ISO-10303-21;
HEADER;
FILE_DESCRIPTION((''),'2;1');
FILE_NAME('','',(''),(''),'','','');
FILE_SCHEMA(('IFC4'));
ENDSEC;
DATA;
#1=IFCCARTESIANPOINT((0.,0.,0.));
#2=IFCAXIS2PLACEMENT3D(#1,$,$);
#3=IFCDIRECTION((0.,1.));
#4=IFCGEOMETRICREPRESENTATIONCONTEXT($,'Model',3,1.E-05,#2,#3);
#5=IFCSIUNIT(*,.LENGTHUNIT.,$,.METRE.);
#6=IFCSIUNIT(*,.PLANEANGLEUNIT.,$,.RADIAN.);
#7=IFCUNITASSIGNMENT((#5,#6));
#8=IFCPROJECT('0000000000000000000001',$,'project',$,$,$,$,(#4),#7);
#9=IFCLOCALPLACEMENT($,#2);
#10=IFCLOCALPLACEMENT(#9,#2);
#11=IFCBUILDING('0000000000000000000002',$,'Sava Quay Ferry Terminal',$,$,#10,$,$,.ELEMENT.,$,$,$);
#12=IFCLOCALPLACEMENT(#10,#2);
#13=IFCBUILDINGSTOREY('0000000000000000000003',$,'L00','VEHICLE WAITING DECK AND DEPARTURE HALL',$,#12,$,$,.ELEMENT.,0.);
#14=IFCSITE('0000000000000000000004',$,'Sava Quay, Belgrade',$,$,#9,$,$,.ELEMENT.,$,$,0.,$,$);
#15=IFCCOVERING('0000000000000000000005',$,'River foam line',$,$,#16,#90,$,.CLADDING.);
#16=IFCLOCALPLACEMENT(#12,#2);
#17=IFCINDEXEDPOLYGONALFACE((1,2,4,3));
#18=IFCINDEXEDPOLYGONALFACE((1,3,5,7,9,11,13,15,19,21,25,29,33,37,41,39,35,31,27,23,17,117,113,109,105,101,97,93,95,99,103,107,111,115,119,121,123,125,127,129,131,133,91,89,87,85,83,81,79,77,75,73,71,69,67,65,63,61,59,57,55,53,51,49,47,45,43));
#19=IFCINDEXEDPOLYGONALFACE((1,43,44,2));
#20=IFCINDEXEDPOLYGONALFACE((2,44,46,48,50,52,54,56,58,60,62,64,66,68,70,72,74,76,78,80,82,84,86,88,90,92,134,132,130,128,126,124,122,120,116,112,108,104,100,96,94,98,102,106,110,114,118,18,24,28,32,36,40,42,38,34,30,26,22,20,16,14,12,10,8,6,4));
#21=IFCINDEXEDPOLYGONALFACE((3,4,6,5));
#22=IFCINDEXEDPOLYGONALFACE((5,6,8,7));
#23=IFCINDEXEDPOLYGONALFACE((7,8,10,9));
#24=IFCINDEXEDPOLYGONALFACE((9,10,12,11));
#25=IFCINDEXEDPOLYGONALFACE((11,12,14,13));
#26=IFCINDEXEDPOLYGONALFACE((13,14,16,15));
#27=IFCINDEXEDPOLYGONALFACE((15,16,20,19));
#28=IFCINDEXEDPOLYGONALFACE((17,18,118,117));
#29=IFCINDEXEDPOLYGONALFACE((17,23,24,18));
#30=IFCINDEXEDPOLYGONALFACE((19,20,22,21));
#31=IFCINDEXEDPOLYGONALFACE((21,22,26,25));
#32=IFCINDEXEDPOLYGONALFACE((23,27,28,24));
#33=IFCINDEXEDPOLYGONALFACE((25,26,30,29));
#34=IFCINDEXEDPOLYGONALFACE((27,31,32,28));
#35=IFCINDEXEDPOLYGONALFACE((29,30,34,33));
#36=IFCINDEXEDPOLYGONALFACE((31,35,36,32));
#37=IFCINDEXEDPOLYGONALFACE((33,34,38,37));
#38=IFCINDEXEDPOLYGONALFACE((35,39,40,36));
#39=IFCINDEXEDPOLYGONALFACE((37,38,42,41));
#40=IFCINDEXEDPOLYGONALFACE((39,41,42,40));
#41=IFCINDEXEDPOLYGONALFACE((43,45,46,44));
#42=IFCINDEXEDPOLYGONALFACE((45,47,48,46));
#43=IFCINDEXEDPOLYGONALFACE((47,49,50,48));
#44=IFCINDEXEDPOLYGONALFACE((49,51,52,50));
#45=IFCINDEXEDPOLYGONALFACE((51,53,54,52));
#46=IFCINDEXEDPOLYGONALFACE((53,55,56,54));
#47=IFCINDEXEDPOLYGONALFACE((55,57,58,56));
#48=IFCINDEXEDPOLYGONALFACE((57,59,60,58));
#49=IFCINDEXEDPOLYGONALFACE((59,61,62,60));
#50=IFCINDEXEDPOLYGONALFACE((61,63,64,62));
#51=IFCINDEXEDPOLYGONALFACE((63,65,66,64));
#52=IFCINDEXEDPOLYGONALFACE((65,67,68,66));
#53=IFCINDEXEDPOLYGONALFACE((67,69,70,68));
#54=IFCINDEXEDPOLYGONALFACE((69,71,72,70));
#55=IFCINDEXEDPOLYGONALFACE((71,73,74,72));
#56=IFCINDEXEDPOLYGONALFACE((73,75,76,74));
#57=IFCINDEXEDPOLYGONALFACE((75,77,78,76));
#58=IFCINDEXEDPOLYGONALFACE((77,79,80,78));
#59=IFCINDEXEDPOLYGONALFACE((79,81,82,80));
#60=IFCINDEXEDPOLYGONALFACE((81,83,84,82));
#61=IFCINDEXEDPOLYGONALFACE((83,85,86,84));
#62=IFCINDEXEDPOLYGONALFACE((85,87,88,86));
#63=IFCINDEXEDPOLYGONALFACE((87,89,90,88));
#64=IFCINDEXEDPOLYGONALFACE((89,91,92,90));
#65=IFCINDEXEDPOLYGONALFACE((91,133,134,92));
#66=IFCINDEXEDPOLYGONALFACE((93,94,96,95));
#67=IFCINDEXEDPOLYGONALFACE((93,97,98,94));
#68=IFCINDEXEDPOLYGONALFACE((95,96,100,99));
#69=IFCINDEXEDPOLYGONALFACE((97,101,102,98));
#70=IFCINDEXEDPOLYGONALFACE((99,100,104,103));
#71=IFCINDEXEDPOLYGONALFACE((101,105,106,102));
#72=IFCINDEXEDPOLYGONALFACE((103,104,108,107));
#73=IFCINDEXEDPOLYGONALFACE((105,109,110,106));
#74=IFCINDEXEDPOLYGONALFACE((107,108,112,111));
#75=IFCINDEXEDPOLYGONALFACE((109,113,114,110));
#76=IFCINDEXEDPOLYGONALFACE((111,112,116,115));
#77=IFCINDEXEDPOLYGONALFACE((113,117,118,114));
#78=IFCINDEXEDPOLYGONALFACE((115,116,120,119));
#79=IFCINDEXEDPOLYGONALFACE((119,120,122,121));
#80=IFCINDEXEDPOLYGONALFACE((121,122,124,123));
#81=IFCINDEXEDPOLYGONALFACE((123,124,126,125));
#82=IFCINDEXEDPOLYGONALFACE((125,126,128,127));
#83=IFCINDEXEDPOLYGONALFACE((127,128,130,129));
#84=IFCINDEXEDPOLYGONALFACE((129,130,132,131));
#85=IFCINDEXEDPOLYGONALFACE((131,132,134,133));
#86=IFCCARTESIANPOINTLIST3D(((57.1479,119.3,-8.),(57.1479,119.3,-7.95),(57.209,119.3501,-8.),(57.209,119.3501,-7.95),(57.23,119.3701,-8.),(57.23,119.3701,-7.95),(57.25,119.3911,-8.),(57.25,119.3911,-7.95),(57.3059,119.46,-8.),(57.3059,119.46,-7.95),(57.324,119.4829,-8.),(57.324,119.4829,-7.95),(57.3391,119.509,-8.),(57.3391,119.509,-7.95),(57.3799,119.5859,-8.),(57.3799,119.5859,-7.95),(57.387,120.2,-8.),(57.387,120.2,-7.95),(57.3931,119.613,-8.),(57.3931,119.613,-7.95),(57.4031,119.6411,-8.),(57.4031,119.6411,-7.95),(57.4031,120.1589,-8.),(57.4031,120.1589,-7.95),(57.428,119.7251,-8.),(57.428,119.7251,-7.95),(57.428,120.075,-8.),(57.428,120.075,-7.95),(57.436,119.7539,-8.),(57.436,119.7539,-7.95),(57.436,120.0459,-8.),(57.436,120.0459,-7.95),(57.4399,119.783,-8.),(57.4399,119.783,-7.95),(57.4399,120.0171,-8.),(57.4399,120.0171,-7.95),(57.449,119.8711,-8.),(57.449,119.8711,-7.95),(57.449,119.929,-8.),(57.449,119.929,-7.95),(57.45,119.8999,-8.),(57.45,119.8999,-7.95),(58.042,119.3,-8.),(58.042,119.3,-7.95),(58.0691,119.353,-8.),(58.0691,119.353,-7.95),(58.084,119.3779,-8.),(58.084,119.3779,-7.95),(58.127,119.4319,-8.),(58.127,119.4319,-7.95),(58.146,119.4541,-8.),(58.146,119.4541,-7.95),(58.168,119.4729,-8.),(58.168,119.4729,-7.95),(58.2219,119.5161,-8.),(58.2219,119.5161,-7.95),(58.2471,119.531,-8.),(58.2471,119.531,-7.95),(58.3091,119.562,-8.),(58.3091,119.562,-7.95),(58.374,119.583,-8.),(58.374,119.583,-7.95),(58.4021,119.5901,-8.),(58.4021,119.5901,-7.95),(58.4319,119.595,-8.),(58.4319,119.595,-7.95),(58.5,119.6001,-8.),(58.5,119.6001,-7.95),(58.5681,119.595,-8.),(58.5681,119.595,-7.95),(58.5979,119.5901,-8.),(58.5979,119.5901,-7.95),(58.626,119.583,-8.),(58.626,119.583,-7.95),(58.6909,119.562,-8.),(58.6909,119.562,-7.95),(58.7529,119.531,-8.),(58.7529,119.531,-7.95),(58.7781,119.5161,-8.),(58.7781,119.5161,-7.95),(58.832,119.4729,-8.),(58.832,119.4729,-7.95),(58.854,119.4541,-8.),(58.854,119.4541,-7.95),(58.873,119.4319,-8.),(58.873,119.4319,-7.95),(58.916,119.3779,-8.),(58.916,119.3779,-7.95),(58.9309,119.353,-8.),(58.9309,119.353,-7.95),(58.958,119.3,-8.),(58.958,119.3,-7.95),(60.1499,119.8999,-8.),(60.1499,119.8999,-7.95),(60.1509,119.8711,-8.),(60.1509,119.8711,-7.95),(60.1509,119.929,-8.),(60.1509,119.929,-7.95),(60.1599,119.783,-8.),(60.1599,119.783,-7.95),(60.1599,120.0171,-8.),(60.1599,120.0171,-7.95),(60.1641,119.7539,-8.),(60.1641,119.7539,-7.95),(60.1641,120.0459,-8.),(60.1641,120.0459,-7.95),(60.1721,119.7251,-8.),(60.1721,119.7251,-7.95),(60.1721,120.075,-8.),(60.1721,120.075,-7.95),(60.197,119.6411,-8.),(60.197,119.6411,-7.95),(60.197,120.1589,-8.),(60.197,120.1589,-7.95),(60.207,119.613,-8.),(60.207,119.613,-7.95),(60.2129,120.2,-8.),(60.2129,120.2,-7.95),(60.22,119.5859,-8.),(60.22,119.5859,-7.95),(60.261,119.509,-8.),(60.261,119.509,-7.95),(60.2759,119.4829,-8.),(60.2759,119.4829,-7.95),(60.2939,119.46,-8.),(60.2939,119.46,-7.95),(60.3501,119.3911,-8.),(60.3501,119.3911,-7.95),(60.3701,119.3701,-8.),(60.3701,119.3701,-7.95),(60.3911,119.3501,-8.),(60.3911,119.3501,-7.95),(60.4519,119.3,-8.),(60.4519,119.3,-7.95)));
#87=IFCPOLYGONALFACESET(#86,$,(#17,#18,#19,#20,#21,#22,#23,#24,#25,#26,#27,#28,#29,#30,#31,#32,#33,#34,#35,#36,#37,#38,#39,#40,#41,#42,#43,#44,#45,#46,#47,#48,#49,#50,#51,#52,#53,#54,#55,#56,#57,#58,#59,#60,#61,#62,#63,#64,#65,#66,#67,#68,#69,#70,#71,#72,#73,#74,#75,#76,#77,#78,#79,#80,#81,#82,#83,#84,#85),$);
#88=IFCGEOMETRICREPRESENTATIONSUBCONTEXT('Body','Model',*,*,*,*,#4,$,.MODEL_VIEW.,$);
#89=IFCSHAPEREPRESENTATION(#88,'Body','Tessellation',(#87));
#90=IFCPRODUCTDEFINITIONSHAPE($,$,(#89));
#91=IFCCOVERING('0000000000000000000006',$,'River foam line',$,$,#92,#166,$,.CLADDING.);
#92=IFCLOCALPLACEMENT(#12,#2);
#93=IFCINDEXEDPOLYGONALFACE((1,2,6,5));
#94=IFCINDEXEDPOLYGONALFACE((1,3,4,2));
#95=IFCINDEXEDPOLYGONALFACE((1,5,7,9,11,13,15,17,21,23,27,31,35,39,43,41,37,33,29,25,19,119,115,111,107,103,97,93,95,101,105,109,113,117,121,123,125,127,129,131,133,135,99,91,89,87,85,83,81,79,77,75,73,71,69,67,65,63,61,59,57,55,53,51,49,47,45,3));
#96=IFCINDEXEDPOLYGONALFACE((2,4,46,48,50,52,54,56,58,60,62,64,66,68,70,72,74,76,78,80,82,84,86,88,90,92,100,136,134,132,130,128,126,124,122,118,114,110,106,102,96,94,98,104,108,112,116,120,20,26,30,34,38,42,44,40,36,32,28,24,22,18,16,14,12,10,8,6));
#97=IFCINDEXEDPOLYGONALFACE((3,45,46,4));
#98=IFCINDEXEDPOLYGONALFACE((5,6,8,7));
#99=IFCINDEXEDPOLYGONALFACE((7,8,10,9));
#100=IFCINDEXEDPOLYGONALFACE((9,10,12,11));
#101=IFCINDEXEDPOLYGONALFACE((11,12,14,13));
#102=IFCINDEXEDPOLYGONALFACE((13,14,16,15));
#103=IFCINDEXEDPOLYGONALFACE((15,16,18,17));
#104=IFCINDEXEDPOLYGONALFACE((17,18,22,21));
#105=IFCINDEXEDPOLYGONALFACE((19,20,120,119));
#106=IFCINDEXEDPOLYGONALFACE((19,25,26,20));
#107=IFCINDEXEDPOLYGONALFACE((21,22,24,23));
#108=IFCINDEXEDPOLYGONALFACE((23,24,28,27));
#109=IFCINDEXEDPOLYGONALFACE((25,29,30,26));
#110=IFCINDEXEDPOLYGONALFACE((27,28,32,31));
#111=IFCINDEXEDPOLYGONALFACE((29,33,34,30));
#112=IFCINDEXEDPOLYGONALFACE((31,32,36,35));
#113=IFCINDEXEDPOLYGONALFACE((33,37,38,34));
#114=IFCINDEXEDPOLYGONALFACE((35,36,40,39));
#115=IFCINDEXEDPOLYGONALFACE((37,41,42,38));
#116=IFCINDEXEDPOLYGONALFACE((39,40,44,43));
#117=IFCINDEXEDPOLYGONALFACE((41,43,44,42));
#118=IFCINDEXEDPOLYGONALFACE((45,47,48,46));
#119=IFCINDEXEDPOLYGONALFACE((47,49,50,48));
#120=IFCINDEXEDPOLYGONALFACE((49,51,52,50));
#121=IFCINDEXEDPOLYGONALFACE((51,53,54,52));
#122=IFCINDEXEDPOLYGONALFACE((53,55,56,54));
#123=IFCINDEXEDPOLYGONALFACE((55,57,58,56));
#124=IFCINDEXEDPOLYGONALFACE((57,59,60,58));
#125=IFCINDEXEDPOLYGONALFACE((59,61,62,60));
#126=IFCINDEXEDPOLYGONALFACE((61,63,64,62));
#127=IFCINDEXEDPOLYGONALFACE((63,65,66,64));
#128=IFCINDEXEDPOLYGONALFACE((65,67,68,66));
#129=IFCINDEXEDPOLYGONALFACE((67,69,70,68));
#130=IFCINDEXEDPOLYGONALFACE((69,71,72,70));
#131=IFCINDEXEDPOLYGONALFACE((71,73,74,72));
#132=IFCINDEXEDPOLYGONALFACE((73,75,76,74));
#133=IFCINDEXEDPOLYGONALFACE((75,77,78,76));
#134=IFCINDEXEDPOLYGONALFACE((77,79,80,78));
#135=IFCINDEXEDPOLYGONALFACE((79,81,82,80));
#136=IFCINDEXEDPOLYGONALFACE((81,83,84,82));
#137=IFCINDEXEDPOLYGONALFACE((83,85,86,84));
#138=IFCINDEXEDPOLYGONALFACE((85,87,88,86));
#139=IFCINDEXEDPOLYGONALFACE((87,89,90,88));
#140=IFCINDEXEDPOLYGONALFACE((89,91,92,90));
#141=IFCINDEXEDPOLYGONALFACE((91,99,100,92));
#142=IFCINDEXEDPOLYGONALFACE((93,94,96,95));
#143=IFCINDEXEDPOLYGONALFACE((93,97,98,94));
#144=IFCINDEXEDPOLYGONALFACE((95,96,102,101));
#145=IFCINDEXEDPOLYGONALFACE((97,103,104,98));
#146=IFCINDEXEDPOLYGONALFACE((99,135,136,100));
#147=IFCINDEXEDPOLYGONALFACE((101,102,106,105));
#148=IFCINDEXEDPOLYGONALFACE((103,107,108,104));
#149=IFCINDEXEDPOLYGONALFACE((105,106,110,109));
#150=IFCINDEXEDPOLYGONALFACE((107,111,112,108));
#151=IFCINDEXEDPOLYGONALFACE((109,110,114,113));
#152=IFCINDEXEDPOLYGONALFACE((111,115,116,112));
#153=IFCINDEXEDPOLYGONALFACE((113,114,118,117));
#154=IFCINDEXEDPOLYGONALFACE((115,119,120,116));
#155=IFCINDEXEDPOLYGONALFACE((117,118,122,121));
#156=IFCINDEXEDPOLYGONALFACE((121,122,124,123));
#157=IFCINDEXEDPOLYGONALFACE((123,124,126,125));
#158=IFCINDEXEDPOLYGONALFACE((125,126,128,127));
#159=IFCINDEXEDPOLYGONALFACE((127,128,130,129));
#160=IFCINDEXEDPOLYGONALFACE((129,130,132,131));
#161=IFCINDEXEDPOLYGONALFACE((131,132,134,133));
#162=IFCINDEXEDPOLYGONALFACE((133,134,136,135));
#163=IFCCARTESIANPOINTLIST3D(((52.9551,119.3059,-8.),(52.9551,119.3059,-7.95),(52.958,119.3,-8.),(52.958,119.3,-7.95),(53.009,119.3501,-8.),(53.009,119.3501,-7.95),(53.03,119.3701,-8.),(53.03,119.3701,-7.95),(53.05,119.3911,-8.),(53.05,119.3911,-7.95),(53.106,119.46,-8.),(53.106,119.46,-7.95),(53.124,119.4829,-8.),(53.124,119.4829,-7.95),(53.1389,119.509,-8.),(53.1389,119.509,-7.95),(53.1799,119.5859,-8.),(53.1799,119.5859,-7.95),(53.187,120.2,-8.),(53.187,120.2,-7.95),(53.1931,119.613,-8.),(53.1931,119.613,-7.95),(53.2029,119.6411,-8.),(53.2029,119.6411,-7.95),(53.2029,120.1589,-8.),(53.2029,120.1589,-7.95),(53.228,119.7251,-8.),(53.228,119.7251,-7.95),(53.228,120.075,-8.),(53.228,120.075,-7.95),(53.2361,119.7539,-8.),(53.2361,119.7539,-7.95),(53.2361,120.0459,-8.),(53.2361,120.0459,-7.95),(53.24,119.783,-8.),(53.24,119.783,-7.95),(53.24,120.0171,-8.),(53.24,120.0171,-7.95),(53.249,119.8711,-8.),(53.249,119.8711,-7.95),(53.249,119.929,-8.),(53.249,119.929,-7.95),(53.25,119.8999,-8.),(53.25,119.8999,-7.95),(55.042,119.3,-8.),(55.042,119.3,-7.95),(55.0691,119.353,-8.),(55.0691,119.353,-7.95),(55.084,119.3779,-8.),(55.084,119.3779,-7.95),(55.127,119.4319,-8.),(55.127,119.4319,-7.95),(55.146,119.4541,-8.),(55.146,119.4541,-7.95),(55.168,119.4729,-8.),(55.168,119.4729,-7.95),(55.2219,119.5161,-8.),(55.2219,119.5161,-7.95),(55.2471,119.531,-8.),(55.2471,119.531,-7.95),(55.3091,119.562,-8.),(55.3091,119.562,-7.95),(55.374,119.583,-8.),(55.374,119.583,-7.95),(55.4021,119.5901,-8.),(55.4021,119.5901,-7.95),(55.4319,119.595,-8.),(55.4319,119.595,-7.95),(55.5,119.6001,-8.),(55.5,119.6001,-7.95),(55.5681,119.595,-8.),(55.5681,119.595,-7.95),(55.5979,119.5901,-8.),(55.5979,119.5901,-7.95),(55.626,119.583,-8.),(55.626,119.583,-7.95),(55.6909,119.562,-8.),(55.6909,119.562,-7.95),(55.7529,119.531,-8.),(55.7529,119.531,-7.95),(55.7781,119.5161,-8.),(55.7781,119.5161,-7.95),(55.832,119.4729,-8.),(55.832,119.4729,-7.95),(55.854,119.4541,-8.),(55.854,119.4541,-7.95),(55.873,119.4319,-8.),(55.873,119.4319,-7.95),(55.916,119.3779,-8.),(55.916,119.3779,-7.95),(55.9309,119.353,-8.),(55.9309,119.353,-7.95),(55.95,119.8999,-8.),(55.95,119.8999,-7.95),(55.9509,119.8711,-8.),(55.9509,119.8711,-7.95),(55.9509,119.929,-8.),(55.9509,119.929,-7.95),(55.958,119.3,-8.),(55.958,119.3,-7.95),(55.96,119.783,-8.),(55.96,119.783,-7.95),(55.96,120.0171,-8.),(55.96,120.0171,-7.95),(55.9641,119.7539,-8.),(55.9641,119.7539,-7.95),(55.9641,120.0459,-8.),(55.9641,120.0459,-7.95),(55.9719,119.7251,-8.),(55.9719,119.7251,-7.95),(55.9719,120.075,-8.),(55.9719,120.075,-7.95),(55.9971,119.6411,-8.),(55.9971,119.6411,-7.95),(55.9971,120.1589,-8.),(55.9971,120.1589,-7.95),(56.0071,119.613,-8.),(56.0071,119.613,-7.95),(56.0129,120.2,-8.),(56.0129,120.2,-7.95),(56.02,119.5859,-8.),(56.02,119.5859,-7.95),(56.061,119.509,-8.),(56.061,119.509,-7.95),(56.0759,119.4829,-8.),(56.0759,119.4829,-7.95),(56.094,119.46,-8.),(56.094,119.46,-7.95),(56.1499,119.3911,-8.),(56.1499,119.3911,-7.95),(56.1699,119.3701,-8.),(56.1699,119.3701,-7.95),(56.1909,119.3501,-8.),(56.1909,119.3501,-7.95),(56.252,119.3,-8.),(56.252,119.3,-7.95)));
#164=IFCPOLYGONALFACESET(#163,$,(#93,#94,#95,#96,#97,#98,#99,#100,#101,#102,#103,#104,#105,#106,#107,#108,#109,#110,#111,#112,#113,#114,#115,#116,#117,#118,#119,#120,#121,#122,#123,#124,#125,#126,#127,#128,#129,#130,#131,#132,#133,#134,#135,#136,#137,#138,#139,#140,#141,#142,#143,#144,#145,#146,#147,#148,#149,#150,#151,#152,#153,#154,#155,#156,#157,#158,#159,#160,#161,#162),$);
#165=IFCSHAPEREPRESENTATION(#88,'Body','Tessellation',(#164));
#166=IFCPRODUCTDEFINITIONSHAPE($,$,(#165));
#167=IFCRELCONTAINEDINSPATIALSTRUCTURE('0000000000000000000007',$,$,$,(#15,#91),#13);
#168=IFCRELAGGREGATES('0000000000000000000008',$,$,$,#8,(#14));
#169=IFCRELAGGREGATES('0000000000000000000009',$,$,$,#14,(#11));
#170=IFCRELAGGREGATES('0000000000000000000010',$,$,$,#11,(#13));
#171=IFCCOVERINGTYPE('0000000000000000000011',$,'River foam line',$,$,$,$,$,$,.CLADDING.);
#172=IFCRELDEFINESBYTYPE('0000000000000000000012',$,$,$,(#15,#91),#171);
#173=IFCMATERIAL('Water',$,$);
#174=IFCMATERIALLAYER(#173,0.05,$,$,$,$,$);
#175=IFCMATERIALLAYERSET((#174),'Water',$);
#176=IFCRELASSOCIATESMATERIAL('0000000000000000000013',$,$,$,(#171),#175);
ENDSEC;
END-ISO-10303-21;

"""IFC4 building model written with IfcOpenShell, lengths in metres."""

from ifc_helpers import new_model, si_unit, direction, frame, origin, place, context, subcontext, project, spatial, polyline, outline, extrude, material, layer, layer_set, type_object, element, save


model = new_model("IFC4")

# Units and contexts
model_context = context("Model", 3, precision=1e-05, world=origin(), true_north=direction((0.0, 1.0)))
body_context = subcontext(model_context, "Body", "Model", "MODEL_VIEW")
ifc_project = project(units=[si_unit("LENGTHUNIT", "METRE"), si_unit("PLANEANGLEUNIT", "RADIAN")], contexts=[model_context])

# Site, building, storey
site_placement = place(None, origin())
site = spatial("IfcSite", under=ifc_project, at=site_placement, Name="Sava Quay, Belgrade", CompositionType="ELEMENT", RefElevation=0.0)
building_placement = place(site_placement, origin())
building = spatial("IfcBuilding", under=site, at=building_placement, Name="Sava Quay Ferry Terminal", CompositionType="ELEMENT")
storey_placement = place(building_placement, origin())
storey = spatial("IfcBuildingStorey", under=building, at=storey_placement, Name="L00", Description="VEHICLE WAITING DECK AND DEPARTURE HALL", CompositionType="ELEMENT", Elevation=0.0)

# Coverings
ifc_material_1 = material(Name="Water")
ifc_layer_1 = layer(ifc_material_1, 0.05)
ifc_layer_set_1 = layer_set([ifc_layer_1], Name="Water")
covering_type_1 = type_object("IfcCoveringType", Name="River foam line", PredefinedType="CLADDING", material=ifc_layer_set_1)
covering_1_placement = place(storey_placement, frame((0.0, 0.0, -8.0)))
element("IfcCovering", 1, at=covering_1_placement, inside=storey, type_object=covering_type_1, Name="River foam line", PredefinedType="CLADDING", context=body_context, shape_type="SweptSolid", body=[
    extrude(outline(polyline([(60.2129, 120.2), (57.387, 120.2), (57.4031, 120.1589), (57.428, 120.075), (57.436, 120.0459), (57.4399, 120.0171), (57.449, 119.929), (57.45, 119.8999), (57.449, 119.8711), (57.4399, 119.783), (57.436, 119.7539), (57.428, 119.7251), (57.4031, 119.6411), (57.3931, 119.613), (57.3799, 119.5859), (57.3391, 119.509), (57.324, 119.4829), (57.3059, 119.46), (57.25, 119.3911), (57.23, 119.3701), (57.209, 119.3501), (57.1479, 119.3), (58.042, 119.3), (58.0691, 119.353), (58.084, 119.3779), (58.127, 119.4319), (58.146, 119.4541), (58.168, 119.4729), (58.2219, 119.5161), (58.2471, 119.531), (58.3091, 119.562), (58.374, 119.583), (58.4021, 119.5901), (58.4319, 119.595), (58.5, 119.6001), (58.5681, 119.595), (58.5979, 119.5901), (58.626, 119.583), (58.6909, 119.562), (58.7529, 119.531), (58.7781, 119.5161), (58.832, 119.4729), (58.854, 119.4541), (58.873, 119.4319), (58.916, 119.3779), (58.9309, 119.353), (58.958, 119.3), (60.4519, 119.3), (60.3911, 119.3501), (60.3701, 119.3701), (60.3501, 119.3911), (60.2939, 119.46), (60.2759, 119.4829), (60.261, 119.509), (60.22, 119.5859), (60.207, 119.613), (60.197, 119.6411), (60.1721, 119.7251), (60.1641, 119.7539), (60.1599, 119.783), (60.1509, 119.8711), (60.1499, 119.8999), (60.1509, 119.929), (60.1599, 120.0171), (60.1641, 120.0459), (60.1721, 120.075), (60.197, 120.1589), (60.2129, 120.2)])), origin(), (0.0, 0.0, 1.0), 0.05),
])
covering_2_placement = place(storey_placement, frame((0.0, 0.0, -8.0)))
element("IfcCovering", 2, at=covering_2_placement, inside=storey, type_object=covering_type_1, Name="River foam line", PredefinedType="CLADDING", context=body_context, shape_type="SweptSolid", body=[
    extrude(outline(polyline([(56.0129, 120.2), (53.187, 120.2), (53.2029, 120.1589), (53.228, 120.075), (53.2361, 120.0459), (53.24, 120.0171), (53.249, 119.929), (53.25, 119.8999), (53.249, 119.8711), (53.24, 119.783), (53.2361, 119.7539), (53.228, 119.7251), (53.2029, 119.6411), (53.1931, 119.613), (53.1799, 119.5859), (53.1389, 119.509), (53.124, 119.4829), (53.106, 119.46), (53.05, 119.3911), (53.03, 119.3701), (53.009, 119.3501), (52.9551, 119.3059), (52.958, 119.3), (55.042, 119.3), (55.0691, 119.353), (55.084, 119.3779), (55.127, 119.4319), (55.146, 119.4541), (55.168, 119.4729), (55.2219, 119.5161), (55.2471, 119.531), (55.3091, 119.562), (55.374, 119.583), (55.4021, 119.5901), (55.4319, 119.595), (55.5, 119.6001), (55.5681, 119.595), (55.5979, 119.5901), (55.626, 119.583), (55.6909, 119.562), (55.7529, 119.531), (55.7781, 119.5161), (55.832, 119.4729), (55.854, 119.4541), (55.873, 119.4319), (55.916, 119.3779), (55.9309, 119.353), (55.958, 119.3), (56.252, 119.3), (56.1909, 119.3501), (56.1699, 119.3701), (56.1499, 119.3911), (56.094, 119.46), (56.0759, 119.4829), (56.061, 119.509), (56.02, 119.5859), (56.0071, 119.613), (55.9971, 119.6411), (55.9719, 119.7251), (55.9641, 119.7539), (55.96, 119.783), (55.9509, 119.8711), (55.95, 119.8999), (55.9509, 119.929), (55.96, 120.0171), (55.9641, 120.0459), (55.9719, 120.075), (55.9971, 120.1589), (56.0129, 120.2)])), origin(), (0.0, 0.0, 1.0), 0.05),
])

save(model, "model.ifc")
